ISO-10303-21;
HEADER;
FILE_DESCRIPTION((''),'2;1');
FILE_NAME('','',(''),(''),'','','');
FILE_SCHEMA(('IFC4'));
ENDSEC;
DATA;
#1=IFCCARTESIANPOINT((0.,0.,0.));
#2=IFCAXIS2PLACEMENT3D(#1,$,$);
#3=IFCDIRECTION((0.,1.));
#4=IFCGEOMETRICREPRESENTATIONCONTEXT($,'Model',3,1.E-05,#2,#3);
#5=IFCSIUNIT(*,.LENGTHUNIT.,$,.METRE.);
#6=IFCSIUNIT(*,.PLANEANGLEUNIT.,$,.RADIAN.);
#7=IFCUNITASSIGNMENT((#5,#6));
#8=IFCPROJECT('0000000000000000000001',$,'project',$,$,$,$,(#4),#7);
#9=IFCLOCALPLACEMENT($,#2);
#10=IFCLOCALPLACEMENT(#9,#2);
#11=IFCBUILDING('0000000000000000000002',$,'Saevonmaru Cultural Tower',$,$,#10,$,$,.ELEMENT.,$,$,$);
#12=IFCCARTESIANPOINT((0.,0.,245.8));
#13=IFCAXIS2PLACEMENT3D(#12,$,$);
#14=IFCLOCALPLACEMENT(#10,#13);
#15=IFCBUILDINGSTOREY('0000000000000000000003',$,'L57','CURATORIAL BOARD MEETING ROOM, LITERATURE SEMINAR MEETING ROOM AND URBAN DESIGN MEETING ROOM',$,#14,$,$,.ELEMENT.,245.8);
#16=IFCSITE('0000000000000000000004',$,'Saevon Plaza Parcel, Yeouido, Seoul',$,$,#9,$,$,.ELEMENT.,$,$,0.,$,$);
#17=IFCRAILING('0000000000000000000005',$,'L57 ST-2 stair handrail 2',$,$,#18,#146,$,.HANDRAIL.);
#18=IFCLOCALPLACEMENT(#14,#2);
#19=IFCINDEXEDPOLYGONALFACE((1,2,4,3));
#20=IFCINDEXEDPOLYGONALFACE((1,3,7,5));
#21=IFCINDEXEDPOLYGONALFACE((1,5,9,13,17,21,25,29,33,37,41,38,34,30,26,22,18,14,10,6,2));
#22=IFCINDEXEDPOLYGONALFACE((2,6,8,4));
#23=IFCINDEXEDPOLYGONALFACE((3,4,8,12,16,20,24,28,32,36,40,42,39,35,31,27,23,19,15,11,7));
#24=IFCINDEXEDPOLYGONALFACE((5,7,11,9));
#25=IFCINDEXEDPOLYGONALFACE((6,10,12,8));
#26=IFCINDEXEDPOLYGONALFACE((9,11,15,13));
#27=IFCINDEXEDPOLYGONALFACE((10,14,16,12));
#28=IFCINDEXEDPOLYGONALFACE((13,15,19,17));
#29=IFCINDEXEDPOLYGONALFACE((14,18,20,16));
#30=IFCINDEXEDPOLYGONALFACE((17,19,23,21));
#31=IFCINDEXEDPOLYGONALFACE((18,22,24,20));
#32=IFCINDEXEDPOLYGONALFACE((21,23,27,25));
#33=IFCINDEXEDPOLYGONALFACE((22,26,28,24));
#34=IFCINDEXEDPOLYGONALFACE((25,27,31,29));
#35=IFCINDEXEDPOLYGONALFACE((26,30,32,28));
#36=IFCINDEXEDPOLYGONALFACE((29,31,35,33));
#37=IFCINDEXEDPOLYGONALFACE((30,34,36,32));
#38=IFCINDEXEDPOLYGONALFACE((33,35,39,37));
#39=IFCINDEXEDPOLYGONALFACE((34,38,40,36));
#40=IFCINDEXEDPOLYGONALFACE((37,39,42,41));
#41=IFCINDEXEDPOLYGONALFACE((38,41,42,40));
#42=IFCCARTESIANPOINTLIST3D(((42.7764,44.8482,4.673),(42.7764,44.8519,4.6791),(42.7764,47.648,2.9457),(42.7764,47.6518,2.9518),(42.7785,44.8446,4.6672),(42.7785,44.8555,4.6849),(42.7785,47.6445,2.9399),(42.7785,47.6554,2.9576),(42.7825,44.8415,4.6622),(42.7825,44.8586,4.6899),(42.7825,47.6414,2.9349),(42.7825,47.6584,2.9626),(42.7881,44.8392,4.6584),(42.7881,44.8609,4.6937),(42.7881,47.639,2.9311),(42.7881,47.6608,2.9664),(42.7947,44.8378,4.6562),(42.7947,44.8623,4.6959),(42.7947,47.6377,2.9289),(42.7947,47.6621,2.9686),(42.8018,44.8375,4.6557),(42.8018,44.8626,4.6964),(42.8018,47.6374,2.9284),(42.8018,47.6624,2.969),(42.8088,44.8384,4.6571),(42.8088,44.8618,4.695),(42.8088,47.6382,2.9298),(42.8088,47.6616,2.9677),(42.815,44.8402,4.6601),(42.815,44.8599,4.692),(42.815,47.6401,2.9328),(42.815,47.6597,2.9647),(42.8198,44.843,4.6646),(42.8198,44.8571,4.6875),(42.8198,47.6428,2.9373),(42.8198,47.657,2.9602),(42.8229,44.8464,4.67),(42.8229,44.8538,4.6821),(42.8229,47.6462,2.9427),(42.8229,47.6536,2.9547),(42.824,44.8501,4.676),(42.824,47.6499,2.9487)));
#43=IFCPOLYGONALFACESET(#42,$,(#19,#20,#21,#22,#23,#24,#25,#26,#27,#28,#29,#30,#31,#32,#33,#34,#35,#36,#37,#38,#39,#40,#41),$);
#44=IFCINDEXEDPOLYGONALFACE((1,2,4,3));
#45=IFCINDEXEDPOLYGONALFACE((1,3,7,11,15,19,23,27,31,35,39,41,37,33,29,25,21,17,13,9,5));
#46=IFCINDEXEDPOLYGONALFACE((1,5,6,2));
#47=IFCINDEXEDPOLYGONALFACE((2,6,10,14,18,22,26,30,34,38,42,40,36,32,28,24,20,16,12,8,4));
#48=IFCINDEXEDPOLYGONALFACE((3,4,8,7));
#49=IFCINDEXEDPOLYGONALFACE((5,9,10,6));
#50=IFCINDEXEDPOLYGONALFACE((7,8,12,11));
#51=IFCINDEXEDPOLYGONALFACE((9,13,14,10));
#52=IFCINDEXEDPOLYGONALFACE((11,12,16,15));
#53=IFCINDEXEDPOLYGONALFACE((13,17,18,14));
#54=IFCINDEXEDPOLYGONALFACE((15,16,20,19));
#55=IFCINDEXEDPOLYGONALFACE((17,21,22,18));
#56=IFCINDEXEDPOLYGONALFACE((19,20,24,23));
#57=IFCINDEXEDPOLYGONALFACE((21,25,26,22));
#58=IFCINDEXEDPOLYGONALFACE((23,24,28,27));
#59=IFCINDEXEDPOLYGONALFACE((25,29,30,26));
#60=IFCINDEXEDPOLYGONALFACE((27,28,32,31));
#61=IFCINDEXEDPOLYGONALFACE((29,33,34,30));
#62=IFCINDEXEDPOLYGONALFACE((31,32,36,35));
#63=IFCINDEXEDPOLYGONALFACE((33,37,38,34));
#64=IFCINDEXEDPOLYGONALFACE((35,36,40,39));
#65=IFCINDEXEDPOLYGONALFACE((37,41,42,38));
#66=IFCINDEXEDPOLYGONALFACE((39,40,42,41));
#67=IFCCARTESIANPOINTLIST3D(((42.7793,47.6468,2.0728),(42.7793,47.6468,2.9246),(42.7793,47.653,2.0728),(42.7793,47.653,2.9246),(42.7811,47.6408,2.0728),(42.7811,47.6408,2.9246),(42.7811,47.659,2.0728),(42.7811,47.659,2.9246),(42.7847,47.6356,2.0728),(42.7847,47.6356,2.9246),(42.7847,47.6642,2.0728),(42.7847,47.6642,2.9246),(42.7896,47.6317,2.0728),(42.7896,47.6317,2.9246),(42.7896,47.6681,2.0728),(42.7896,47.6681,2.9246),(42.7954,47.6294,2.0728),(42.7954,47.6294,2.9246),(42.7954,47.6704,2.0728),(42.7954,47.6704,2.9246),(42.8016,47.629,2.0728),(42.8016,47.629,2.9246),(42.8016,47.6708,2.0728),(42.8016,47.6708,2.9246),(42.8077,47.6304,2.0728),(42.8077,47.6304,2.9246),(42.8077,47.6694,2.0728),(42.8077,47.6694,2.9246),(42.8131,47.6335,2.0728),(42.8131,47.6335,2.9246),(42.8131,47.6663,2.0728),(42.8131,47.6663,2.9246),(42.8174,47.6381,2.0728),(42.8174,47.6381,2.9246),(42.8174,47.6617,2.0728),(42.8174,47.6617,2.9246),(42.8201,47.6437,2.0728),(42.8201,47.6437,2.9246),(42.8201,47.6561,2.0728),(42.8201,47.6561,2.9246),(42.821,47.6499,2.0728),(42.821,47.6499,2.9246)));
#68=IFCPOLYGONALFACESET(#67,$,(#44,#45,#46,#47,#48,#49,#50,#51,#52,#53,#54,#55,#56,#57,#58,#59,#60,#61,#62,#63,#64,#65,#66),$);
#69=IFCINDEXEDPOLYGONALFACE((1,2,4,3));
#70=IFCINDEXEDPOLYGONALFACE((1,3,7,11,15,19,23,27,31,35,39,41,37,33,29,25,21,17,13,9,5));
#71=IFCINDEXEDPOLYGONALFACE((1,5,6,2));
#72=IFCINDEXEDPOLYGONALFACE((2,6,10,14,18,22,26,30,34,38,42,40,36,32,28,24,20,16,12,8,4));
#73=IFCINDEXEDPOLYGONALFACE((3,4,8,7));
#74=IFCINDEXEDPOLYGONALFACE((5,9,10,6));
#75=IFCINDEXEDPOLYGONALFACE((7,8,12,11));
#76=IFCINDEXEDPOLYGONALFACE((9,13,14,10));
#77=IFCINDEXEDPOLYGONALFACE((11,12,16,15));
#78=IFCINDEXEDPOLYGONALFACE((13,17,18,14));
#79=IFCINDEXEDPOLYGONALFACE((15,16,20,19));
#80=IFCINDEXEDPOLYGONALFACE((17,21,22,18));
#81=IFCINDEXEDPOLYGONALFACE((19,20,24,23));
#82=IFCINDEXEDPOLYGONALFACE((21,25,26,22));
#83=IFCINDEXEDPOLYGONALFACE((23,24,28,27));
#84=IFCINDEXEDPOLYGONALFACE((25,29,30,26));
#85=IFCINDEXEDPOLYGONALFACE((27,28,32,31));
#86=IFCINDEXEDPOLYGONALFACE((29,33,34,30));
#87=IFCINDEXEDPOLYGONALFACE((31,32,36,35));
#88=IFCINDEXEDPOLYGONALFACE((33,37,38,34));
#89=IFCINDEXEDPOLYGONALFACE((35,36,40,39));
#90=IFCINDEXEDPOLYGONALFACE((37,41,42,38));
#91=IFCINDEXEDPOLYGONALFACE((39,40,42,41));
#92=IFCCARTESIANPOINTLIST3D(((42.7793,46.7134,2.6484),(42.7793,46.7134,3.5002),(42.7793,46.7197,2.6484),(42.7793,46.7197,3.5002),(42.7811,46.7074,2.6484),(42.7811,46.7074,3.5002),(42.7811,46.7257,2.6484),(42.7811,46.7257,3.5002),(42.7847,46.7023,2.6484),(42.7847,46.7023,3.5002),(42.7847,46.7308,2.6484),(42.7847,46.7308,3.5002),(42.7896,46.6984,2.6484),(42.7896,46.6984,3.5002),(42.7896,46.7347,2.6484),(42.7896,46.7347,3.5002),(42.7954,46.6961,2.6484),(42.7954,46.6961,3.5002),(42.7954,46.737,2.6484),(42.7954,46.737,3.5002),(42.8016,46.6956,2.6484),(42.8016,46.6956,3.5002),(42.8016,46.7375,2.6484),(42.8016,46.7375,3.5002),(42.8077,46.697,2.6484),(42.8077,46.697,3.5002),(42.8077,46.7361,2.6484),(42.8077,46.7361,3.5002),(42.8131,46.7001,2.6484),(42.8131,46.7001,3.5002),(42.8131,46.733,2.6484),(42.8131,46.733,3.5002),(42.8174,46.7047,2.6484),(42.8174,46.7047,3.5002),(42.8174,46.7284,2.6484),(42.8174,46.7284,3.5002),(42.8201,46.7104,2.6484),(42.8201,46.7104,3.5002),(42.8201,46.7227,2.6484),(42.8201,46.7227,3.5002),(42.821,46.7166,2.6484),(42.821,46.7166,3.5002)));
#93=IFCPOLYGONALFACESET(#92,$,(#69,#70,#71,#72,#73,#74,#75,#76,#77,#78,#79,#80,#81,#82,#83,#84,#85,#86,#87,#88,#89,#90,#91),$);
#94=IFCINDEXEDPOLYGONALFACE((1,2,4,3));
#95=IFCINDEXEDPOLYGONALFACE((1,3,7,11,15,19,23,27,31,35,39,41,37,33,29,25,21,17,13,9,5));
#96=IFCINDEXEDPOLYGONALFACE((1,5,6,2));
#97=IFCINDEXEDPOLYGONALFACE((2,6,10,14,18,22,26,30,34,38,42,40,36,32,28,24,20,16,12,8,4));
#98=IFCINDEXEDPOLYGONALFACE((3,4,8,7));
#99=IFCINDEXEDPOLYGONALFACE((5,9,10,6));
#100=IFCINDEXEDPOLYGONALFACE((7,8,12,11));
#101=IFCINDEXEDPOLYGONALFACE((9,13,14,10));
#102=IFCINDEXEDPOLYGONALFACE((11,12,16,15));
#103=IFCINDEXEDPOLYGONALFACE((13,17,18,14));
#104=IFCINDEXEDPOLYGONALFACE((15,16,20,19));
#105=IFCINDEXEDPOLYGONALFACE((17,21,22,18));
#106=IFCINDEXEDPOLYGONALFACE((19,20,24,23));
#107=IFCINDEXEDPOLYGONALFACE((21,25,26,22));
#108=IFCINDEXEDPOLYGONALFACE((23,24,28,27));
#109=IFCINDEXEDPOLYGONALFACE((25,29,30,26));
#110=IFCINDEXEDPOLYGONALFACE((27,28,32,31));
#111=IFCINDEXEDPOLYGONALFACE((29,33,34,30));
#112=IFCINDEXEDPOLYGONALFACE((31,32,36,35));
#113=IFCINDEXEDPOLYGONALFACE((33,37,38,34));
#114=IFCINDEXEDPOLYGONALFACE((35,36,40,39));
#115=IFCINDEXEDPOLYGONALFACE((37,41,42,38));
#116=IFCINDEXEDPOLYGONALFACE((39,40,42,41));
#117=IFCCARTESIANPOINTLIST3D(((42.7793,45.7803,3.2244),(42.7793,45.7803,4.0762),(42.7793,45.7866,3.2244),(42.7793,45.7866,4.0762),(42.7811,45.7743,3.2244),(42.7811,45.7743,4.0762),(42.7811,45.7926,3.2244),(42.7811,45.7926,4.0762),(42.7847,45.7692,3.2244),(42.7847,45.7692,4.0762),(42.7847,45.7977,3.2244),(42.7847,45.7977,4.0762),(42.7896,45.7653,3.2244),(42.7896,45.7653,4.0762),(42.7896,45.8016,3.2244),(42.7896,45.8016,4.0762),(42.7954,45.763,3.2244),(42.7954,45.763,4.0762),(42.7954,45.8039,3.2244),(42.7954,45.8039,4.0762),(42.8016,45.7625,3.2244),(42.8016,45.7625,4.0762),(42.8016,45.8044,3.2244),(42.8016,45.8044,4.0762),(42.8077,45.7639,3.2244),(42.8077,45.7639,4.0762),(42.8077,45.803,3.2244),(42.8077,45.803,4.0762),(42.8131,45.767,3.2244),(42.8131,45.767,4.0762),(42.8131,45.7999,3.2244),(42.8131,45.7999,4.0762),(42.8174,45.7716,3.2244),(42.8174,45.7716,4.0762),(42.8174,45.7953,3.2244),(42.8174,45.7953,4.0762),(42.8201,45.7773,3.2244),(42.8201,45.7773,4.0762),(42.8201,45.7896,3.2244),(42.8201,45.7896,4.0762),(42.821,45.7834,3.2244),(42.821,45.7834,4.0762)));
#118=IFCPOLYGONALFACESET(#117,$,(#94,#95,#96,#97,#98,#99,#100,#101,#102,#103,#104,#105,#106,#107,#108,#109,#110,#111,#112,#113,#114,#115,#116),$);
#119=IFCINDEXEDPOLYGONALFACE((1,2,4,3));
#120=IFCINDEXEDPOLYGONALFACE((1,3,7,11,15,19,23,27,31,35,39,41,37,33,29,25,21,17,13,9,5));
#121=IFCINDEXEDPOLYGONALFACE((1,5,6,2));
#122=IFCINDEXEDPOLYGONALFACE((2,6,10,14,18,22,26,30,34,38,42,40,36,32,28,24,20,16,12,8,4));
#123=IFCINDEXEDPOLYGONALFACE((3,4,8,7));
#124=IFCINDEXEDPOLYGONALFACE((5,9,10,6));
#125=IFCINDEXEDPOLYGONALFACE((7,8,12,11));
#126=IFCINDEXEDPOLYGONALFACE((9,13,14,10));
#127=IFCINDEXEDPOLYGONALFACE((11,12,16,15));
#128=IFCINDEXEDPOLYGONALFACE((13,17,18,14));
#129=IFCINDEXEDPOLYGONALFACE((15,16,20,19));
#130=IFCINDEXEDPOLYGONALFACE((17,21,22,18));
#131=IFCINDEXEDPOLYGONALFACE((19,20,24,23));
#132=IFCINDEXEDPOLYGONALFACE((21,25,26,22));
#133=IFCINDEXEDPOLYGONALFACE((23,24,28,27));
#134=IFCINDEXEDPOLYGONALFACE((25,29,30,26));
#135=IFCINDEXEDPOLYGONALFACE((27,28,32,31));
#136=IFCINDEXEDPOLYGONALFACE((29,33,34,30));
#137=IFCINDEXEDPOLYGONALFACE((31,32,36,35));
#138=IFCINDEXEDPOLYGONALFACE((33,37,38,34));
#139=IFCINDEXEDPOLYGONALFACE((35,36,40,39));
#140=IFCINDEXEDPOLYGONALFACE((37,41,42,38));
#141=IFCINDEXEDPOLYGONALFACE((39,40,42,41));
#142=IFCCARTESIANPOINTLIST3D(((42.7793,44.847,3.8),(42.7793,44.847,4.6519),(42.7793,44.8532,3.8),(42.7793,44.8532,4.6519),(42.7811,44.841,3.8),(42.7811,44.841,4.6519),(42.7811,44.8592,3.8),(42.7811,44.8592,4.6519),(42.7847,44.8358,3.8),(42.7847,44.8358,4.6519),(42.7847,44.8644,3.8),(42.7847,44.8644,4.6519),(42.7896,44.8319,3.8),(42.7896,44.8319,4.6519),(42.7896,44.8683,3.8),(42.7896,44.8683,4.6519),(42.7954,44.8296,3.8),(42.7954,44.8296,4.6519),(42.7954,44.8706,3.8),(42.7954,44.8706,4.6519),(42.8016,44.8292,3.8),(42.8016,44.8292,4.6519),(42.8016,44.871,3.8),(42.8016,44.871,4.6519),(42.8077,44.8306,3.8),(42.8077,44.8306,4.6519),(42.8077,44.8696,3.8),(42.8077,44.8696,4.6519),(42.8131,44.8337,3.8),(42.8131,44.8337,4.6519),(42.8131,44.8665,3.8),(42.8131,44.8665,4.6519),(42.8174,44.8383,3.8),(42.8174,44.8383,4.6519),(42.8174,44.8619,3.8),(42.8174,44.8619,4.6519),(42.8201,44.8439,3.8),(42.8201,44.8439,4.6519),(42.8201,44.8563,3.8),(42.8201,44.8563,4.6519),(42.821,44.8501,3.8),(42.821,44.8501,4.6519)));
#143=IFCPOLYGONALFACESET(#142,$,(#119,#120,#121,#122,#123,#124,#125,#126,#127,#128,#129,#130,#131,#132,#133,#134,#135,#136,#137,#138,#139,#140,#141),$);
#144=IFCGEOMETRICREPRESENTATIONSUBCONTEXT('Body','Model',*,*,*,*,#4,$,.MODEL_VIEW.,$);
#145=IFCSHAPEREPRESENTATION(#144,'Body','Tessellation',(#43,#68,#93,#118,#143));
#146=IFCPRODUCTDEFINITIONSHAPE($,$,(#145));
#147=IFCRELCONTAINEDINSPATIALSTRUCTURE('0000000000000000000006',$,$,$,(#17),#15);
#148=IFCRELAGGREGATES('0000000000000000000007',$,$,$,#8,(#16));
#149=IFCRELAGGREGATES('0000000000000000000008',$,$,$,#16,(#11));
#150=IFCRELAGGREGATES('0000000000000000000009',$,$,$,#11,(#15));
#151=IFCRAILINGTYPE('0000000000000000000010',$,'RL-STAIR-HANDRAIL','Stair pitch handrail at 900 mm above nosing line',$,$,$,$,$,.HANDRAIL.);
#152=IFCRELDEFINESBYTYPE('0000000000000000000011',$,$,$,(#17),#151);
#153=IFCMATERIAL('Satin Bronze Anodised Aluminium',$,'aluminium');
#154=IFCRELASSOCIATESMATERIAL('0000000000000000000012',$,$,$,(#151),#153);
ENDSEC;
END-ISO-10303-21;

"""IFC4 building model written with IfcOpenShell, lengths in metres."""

from ifc_helpers import new_model, si_unit, direction, frame, origin, origin_2d, place, context, subcontext, project, spatial, circle, extrude, material, type_object, element, save


model = new_model("IFC4")

# Units and contexts
model_context = context("Model", 3, precision=1e-05, world=origin(), true_north=direction((0.0, 1.0)))
body_context = subcontext(model_context, "Body", "Model", "MODEL_VIEW")
ifc_project = project(units=[si_unit("LENGTHUNIT", "METRE"), si_unit("PLANEANGLEUNIT", "RADIAN")], contexts=[model_context])

# Site, building, storey
site_placement = place(None, origin())
site = spatial("IfcSite", under=ifc_project, at=site_placement, Name="Saevon Plaza Parcel, Yeouido, Seoul", CompositionType="ELEMENT", RefElevation=0.0)
building_placement = place(site_placement, origin())
building = spatial("IfcBuilding", under=site, at=building_placement, Name="Saevonmaru Cultural Tower", CompositionType="ELEMENT")
storey_placement = place(building_placement, frame((0.0, 0.0, 245.8)))
storey = spatial("IfcBuildingStorey", under=building, at=storey_placement, Name="L57", Description="CURATORIAL BOARD MEETING ROOM, LITERATURE SEMINAR MEETING ROOM AND URBAN DESIGN MEETING ROOM", CompositionType="ELEMENT", Elevation=245.8)

# Shared definitions
ifc_material_1 = material(Name="Satin Bronze Anodised Aluminium", Category="aluminium")

# Railing
railing_type_1 = type_object("IfcRailingType", Name="RL-STAIR-HANDRAIL", Description="Stair pitch handrail at 900 mm above nosing line", PredefinedType="HANDRAIL", material=ifc_material_1)
railing_1_placement = place(storey_placement, frame((42.8, 47.6499, 2.0728)))
element("IfcRailing", 1, at=railing_1_placement, inside=storey, type_object=railing_type_1, Name="L57 ST-2 stair handrail 2", PredefinedType="HANDRAIL", context=body_context, shape_type="SweptSolid", body=[
    extrude(circle(Radius=0.0239, at=origin_2d()), frame((0.0, 0.0, 0.876), z_axis=(0.0, -0.851069, 0.525054), x_axis=(1.0, 0.0, 0.0)), (0.0, 0.0, 1.0), 3.2898),
    extrude(circle(Radius=0.021, at=origin_2d()), origin(), (0.0, 0.0, 1.0), 0.8518),
    extrude(circle(Radius=0.021, at=origin_2d()), frame((0.0, -0.9333, 0.5757)), (0.0, 0.0, 1.0), 0.8518),
    extrude(circle(Radius=0.021, at=origin_2d()), frame((0.0, -1.8665, 1.1516)), (0.0, 0.0, 1.0), 0.8518),
    extrude(circle(Radius=0.021, at=origin_2d()), frame((0.0, -2.7998, 1.7273)), (0.0, 0.0, 1.0), 0.8518),
])

save(model, "model.ifc")
